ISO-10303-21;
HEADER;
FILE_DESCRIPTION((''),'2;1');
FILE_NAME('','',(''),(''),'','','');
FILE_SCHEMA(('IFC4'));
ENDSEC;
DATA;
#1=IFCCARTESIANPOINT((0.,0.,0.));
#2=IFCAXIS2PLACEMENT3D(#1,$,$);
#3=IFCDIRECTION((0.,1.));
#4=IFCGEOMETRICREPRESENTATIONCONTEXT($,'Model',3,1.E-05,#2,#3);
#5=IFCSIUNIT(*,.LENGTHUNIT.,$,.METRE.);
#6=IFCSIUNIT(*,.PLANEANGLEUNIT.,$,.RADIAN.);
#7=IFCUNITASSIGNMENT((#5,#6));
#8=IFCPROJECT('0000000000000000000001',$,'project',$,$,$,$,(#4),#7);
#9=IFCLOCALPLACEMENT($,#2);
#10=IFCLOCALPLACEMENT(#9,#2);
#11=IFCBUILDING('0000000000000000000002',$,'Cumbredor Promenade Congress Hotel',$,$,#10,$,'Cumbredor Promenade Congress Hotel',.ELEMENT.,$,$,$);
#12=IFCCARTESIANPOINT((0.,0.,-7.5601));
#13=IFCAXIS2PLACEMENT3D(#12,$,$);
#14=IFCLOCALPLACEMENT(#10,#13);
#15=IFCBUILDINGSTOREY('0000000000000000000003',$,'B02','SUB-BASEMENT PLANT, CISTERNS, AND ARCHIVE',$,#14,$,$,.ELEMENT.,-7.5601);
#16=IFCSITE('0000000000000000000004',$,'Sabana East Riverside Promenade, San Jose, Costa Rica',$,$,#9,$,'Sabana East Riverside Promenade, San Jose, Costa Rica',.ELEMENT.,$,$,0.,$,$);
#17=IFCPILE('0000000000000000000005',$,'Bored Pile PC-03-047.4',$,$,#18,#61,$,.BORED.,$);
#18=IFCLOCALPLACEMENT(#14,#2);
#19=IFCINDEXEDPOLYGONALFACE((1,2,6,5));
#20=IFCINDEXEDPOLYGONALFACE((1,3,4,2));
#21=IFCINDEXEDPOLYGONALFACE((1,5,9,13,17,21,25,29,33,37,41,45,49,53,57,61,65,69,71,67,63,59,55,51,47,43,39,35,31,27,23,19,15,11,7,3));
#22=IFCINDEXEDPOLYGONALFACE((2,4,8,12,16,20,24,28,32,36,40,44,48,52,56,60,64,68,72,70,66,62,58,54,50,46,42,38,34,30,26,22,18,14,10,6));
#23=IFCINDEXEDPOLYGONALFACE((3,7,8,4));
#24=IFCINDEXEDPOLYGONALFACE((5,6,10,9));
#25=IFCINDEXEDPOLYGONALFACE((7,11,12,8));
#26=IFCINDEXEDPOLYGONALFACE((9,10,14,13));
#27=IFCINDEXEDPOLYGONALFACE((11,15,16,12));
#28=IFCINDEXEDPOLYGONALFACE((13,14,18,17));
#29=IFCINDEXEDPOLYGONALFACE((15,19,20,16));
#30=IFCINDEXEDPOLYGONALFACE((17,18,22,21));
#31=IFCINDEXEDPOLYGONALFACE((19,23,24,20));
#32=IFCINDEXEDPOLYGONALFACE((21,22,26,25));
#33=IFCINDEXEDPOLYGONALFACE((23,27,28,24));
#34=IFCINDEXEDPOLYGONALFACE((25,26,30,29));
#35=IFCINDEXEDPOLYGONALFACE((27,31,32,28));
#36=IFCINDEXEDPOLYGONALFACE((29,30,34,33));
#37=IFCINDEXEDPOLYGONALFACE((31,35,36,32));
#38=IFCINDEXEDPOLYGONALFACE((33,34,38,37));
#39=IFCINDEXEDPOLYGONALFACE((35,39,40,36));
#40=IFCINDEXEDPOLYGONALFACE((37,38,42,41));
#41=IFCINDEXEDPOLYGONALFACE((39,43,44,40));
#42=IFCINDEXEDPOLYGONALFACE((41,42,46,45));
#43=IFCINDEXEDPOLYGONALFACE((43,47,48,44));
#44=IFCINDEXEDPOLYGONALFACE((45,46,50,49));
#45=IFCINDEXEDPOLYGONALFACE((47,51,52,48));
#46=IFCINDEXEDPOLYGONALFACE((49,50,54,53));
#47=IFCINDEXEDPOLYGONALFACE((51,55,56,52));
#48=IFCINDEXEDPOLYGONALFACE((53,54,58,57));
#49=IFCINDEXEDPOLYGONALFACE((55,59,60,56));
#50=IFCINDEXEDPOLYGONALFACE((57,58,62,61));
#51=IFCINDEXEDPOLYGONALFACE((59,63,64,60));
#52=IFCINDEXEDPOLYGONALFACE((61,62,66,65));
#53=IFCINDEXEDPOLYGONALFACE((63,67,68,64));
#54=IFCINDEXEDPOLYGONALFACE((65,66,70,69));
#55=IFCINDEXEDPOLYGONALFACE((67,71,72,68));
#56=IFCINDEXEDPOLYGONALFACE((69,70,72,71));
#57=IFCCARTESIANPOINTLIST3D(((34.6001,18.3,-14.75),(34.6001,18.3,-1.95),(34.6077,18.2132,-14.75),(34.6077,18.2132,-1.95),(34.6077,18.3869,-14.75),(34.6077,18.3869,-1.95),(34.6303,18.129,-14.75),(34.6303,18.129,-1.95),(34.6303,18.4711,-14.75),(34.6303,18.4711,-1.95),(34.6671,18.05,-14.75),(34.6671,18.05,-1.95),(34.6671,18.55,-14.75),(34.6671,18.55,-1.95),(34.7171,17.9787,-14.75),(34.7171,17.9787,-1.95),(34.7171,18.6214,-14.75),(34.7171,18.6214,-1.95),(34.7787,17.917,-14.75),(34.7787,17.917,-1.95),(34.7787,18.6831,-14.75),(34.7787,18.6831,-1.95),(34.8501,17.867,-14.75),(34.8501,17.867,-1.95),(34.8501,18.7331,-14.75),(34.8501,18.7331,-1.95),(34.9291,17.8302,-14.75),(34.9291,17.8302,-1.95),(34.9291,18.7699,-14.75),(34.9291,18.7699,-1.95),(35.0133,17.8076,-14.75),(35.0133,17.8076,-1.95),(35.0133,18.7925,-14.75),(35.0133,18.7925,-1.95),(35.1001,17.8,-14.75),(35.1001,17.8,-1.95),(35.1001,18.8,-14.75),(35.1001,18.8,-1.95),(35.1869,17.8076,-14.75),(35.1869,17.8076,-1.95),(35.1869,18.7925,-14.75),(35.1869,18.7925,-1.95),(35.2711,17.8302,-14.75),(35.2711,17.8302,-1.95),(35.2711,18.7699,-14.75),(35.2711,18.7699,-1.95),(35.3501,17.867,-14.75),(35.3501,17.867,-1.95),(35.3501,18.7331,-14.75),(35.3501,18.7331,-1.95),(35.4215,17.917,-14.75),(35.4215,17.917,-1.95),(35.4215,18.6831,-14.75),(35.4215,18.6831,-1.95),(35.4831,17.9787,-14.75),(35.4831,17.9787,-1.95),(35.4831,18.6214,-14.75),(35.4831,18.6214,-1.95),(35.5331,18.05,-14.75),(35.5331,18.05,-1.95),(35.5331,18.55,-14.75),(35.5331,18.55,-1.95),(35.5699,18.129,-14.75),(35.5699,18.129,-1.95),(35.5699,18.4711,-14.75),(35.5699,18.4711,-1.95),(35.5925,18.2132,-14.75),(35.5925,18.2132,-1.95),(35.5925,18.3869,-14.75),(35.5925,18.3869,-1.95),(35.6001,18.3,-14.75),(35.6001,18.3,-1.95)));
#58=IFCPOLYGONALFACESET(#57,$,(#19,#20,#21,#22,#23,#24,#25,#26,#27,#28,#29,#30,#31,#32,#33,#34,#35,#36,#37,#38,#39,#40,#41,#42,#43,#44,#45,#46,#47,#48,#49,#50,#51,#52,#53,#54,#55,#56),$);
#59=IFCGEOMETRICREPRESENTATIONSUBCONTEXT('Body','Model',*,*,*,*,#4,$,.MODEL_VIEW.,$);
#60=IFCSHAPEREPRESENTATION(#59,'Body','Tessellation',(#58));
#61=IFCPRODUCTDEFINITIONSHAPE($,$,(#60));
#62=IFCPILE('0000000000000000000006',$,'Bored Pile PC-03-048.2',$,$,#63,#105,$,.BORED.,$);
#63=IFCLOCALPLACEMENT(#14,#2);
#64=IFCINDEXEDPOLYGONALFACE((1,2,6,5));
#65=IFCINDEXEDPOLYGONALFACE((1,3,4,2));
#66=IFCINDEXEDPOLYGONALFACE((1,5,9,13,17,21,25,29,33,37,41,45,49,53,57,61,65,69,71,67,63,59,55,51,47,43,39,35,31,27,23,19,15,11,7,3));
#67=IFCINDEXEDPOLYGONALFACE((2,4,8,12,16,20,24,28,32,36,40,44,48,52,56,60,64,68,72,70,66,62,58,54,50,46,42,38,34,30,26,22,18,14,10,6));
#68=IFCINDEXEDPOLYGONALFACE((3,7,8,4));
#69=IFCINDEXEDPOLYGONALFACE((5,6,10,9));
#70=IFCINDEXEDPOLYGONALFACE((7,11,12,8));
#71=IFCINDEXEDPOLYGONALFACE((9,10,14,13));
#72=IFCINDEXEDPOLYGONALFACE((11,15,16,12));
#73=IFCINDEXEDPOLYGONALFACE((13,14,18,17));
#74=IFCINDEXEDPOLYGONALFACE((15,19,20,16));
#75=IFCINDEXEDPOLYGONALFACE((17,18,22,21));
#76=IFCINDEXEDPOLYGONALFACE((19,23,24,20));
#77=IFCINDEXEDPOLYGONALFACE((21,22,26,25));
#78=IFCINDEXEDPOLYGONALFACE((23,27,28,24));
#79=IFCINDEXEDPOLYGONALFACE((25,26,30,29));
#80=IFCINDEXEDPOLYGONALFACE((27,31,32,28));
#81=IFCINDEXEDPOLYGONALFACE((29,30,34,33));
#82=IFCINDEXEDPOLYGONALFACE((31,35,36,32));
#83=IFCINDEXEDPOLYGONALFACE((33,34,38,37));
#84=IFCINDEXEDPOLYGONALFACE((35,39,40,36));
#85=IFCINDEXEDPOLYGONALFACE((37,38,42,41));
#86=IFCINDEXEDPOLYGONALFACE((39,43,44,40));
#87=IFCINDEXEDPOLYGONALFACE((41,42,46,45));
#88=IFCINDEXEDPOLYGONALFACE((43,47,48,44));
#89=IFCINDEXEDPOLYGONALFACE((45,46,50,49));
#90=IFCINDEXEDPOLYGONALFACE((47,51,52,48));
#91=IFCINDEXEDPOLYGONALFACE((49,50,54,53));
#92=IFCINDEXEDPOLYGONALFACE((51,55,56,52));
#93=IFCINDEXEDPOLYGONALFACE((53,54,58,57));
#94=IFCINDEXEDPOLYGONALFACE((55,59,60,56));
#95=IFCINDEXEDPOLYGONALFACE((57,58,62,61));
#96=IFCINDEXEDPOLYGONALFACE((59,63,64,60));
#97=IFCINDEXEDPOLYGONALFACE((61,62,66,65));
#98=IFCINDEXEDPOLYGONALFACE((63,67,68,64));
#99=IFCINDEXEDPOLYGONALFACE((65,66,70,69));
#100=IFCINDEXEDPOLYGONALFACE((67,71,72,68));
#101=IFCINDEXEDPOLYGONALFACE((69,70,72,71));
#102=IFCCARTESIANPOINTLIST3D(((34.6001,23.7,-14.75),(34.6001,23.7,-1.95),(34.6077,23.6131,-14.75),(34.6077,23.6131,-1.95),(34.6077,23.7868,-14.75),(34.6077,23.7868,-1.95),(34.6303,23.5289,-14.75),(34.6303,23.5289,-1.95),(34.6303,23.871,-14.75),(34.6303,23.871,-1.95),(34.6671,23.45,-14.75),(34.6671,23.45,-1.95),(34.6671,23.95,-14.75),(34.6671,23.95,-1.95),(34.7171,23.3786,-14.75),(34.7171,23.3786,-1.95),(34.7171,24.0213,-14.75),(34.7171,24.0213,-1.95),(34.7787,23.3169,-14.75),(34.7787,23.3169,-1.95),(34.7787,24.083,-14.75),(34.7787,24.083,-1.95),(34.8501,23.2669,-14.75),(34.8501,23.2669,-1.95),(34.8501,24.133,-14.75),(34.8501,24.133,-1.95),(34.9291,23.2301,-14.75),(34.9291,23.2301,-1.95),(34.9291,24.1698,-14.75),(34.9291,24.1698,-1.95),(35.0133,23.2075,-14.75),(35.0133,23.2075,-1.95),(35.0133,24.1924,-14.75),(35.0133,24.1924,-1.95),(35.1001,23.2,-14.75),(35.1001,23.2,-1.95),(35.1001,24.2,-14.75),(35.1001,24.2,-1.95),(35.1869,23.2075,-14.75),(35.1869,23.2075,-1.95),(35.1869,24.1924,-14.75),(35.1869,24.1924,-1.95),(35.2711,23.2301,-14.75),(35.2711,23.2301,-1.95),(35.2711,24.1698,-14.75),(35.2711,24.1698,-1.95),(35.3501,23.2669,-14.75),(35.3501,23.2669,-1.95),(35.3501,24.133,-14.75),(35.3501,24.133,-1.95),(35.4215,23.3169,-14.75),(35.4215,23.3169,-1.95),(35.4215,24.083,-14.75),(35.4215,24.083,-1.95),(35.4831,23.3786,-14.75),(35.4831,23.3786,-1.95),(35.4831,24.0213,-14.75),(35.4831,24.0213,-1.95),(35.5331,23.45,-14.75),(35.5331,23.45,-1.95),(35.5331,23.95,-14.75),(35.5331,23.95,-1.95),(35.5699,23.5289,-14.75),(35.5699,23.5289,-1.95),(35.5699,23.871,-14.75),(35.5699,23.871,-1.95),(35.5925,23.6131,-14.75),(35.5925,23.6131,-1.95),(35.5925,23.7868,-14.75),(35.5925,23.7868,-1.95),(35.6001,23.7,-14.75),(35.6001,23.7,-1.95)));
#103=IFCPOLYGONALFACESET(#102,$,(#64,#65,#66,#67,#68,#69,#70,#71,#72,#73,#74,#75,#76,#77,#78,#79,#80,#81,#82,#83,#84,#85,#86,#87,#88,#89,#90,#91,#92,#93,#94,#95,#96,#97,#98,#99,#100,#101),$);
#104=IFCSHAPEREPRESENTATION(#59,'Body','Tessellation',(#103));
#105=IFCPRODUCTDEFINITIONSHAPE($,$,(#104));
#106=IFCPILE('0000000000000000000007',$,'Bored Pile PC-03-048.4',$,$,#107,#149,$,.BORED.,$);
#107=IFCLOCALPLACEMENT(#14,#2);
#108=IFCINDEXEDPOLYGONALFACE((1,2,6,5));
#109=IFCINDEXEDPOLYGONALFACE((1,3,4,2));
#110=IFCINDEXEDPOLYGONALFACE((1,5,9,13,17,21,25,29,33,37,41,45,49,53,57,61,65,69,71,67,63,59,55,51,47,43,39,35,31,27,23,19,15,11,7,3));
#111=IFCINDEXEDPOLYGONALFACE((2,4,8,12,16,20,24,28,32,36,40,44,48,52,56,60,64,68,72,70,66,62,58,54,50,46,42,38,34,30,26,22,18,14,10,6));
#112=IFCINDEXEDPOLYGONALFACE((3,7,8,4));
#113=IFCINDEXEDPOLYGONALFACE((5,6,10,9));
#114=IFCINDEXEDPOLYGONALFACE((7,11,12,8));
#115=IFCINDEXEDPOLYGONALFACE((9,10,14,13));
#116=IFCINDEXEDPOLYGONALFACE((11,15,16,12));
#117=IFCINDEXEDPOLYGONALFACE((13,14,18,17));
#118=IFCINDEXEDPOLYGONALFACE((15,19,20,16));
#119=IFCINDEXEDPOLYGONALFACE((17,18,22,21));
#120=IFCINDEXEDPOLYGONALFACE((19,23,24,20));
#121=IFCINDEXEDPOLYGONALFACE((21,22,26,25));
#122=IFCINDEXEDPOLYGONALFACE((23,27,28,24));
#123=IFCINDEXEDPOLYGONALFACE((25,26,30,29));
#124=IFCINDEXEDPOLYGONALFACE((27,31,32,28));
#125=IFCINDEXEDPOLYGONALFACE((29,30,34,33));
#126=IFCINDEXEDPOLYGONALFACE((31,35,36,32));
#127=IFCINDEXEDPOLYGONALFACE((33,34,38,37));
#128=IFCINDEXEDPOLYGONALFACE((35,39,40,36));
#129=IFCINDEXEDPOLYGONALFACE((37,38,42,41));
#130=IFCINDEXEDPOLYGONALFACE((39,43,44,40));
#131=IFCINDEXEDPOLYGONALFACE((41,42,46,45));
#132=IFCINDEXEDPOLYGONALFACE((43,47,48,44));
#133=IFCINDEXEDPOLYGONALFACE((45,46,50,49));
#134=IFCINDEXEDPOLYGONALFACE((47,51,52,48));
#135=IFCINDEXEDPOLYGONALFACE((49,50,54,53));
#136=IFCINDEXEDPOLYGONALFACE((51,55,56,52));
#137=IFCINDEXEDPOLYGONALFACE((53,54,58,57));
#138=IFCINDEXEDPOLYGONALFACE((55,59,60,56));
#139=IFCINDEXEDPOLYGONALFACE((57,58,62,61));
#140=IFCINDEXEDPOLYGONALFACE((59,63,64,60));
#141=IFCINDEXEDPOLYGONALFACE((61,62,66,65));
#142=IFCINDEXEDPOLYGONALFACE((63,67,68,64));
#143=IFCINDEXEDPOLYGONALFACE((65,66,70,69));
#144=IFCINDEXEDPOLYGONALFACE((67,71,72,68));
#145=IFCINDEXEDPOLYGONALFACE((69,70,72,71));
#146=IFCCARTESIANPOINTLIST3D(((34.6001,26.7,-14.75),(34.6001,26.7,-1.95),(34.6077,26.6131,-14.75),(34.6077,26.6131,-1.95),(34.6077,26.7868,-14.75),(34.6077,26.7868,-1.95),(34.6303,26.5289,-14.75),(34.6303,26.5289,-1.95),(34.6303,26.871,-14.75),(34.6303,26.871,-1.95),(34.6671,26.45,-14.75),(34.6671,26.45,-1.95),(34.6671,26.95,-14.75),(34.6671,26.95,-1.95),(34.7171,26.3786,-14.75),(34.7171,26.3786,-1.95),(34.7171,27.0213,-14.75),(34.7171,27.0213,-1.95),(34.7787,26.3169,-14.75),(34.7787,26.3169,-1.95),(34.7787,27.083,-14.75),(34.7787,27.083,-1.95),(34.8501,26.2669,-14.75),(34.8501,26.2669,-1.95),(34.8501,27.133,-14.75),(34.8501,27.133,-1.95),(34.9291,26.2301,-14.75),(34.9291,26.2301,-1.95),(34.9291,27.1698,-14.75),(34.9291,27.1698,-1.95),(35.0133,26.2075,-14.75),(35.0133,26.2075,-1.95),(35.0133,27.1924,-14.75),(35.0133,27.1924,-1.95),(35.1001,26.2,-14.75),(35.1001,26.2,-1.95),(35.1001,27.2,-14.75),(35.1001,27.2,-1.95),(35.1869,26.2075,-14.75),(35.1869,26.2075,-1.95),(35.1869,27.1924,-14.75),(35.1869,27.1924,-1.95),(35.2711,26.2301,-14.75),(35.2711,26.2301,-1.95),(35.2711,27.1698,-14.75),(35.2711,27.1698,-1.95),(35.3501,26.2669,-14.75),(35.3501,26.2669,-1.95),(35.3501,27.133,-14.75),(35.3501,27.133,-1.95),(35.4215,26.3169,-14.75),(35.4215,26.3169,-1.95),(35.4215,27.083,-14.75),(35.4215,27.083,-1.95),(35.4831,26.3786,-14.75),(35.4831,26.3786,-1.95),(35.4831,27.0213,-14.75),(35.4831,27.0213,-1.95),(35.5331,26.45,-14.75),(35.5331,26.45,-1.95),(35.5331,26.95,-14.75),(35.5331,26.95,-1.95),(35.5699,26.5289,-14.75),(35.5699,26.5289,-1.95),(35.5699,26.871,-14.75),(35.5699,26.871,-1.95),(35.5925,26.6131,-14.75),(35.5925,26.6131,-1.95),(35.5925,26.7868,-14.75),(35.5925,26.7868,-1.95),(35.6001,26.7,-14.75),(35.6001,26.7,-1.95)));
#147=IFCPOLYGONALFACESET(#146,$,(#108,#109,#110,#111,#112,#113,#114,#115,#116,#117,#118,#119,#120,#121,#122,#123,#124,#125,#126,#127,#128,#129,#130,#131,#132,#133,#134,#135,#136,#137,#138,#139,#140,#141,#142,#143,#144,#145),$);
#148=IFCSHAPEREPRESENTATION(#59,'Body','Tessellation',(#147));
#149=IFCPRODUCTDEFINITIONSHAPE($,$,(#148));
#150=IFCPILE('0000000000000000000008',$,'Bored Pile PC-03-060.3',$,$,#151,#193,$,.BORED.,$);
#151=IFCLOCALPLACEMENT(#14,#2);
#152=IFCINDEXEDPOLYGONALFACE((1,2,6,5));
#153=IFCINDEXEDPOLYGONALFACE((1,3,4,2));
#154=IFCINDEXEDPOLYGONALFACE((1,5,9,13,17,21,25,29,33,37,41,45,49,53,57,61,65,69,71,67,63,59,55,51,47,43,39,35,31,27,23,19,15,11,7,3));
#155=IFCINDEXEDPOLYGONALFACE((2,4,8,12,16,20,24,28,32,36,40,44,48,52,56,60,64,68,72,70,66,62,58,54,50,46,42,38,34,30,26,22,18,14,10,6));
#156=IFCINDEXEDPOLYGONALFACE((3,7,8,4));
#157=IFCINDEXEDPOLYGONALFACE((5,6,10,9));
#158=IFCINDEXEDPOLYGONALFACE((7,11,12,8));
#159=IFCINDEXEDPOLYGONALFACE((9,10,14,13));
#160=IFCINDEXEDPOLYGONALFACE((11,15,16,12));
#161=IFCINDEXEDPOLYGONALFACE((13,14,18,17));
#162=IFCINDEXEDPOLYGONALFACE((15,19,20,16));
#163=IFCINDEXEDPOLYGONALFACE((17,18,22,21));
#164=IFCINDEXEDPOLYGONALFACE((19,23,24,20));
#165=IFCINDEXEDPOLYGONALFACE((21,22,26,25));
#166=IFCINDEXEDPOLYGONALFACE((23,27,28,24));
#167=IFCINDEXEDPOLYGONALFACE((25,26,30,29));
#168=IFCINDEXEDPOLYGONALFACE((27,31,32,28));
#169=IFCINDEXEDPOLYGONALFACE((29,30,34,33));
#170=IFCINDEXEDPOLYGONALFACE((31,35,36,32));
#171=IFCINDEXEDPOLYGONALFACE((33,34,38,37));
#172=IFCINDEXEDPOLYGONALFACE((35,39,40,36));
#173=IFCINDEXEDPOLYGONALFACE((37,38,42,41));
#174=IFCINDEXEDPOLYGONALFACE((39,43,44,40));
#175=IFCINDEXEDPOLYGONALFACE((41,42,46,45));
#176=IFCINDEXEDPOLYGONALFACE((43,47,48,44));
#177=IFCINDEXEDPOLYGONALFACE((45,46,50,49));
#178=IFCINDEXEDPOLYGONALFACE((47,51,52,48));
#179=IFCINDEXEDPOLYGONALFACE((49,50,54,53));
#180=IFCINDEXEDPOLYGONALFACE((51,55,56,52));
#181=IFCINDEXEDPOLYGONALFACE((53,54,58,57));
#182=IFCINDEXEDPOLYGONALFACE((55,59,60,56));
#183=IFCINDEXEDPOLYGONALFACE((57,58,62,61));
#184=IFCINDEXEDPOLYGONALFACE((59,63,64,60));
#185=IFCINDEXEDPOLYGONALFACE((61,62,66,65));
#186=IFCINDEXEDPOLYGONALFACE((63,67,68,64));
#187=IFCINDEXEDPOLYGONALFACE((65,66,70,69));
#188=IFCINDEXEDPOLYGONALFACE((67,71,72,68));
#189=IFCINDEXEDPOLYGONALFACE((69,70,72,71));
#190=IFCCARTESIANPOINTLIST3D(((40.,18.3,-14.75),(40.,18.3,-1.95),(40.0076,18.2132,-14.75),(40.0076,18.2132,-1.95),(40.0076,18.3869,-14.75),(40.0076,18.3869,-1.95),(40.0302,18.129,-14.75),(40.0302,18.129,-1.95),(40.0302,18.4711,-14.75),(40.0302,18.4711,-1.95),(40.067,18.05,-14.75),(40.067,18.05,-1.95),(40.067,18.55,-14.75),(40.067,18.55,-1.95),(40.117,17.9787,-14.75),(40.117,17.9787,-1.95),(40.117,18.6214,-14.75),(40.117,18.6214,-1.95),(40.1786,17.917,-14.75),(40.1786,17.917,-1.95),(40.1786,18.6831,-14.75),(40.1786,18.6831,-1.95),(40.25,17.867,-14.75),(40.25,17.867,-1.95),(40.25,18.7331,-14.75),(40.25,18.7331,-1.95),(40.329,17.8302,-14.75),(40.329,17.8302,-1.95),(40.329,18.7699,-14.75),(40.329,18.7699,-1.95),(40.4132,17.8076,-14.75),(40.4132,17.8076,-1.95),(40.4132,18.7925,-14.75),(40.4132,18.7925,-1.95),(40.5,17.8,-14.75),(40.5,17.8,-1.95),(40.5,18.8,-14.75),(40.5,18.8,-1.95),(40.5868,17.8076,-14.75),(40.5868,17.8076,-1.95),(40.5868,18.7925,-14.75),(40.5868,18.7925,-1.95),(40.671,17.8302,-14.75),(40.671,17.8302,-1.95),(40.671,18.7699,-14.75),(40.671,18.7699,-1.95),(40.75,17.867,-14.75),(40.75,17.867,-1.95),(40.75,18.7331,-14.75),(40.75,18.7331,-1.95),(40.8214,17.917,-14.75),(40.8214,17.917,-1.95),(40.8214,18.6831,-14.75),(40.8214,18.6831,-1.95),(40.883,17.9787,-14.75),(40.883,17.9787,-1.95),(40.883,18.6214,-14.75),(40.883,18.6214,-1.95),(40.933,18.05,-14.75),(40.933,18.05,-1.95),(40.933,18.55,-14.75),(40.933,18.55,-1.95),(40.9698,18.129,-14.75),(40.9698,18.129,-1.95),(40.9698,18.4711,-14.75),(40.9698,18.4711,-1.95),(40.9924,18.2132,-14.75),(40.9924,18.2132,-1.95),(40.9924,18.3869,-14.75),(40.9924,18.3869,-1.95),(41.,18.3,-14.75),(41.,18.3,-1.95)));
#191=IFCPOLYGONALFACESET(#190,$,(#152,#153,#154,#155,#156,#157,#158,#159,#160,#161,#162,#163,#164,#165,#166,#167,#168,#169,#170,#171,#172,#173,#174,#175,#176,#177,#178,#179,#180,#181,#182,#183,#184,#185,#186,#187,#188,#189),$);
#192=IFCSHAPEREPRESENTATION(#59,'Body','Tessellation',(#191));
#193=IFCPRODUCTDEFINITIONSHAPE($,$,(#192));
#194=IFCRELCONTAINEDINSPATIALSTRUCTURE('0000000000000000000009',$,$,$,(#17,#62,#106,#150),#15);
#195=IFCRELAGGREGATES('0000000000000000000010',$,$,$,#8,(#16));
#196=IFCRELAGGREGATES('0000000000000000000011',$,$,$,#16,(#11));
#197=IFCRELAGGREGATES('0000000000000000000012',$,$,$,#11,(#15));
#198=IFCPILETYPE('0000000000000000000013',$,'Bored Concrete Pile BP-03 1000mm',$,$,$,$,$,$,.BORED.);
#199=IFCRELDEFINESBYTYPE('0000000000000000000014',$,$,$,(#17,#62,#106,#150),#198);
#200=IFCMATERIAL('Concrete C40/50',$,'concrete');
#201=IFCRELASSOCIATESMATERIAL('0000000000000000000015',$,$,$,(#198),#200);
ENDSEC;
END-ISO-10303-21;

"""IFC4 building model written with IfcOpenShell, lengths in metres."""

from ifc_helpers import new_model, si_unit, direction, frame, origin, origin_2d, place, context, subcontext, project, spatial, circle, extrude, material, material_profile, profile_set, type_object, element, save


model = new_model("IFC4")

# Units and contexts
model_context = context("Model", 3, precision=1e-05, world=origin(), true_north=direction((0.0, 1.0)))
body_context = subcontext(model_context, "Body", "Model", "MODEL_VIEW")
ifc_project = project(units=[si_unit("LENGTHUNIT", "METRE"), si_unit("PLANEANGLEUNIT", "RADIAN")], contexts=[model_context])

# Site, building, storey
site_placement = place(None, origin())
site = spatial("IfcSite", under=ifc_project, at=site_placement, Name="Sabana East Riverside Promenade, San Jose, Costa Rica", LongName="Sabana East Riverside Promenade, San Jose, Costa Rica", CompositionType="ELEMENT", RefElevation=0.0)
building_placement = place(site_placement, origin())
building = spatial("IfcBuilding", under=site, at=building_placement, Name="Cumbredor Promenade Congress Hotel", LongName="Cumbredor Promenade Congress Hotel", CompositionType="ELEMENT")
storey_placement = place(building_placement, frame((0.0, 0.0, -7.5601)))
storey = spatial("IfcBuildingStorey", under=building, at=storey_placement, Name="B02", Description="SUB-BASEMENT PLANT, CISTERNS, AND ARCHIVE", CompositionType="ELEMENT", Elevation=-7.5601)

# Piles
ifc_material_1 = material(Name="Concrete C40/50", Category="concrete")
ifc_material_profile_1 = material_profile(ifc_material_1, circle(Radius=0.5, at=origin_2d()), Name="PILE D1000")
ifc_profile_set_1 = profile_set([ifc_material_profile_1], Name="Concrete C40/50")
pile_type = type_object("IfcPileType", Name="Bored Concrete Pile BP-03 1000mm", PredefinedType="BORED", material=ifc_profile_set_1)
for number, where, z_axis, x_axis, name in (
    (1, (35.1001, 18.3, -1.95), (0.0, 0.0, -1.0), (1.0, 0.0, 0.0), "Bored Pile PC-03-047.4"),
    (2, (35.1001, 23.7, -1.95), (0.0, 0.0, -1.0), (1.0, 0.0, 0.0), "Bored Pile PC-03-048.2"),
    (3, (35.1001, 26.7, -1.95), (0.0, 0.0, -1.0), (1.0, 0.0, 0.0), "Bored Pile PC-03-048.4"),
    (4, (40.5, 18.3, -1.95), (0.0, 0.0, -1.0), (1.0, 0.0, 0.0), "Bored Pile PC-03-060.3"),
):
    element("IfcPile", number, at=place(storey_placement, frame(where, z_axis=z_axis, x_axis=x_axis)), inside=storey, type_object=pile_type, Name=name, PredefinedType="BORED", context=body_context, shape_type="SweptSolid", body=[
        extrude(circle(Radius=0.5, at=origin_2d()), origin(), (0.0, 0.0, 1.0), 12.8),
    ])

save(model, "model.ifc")
